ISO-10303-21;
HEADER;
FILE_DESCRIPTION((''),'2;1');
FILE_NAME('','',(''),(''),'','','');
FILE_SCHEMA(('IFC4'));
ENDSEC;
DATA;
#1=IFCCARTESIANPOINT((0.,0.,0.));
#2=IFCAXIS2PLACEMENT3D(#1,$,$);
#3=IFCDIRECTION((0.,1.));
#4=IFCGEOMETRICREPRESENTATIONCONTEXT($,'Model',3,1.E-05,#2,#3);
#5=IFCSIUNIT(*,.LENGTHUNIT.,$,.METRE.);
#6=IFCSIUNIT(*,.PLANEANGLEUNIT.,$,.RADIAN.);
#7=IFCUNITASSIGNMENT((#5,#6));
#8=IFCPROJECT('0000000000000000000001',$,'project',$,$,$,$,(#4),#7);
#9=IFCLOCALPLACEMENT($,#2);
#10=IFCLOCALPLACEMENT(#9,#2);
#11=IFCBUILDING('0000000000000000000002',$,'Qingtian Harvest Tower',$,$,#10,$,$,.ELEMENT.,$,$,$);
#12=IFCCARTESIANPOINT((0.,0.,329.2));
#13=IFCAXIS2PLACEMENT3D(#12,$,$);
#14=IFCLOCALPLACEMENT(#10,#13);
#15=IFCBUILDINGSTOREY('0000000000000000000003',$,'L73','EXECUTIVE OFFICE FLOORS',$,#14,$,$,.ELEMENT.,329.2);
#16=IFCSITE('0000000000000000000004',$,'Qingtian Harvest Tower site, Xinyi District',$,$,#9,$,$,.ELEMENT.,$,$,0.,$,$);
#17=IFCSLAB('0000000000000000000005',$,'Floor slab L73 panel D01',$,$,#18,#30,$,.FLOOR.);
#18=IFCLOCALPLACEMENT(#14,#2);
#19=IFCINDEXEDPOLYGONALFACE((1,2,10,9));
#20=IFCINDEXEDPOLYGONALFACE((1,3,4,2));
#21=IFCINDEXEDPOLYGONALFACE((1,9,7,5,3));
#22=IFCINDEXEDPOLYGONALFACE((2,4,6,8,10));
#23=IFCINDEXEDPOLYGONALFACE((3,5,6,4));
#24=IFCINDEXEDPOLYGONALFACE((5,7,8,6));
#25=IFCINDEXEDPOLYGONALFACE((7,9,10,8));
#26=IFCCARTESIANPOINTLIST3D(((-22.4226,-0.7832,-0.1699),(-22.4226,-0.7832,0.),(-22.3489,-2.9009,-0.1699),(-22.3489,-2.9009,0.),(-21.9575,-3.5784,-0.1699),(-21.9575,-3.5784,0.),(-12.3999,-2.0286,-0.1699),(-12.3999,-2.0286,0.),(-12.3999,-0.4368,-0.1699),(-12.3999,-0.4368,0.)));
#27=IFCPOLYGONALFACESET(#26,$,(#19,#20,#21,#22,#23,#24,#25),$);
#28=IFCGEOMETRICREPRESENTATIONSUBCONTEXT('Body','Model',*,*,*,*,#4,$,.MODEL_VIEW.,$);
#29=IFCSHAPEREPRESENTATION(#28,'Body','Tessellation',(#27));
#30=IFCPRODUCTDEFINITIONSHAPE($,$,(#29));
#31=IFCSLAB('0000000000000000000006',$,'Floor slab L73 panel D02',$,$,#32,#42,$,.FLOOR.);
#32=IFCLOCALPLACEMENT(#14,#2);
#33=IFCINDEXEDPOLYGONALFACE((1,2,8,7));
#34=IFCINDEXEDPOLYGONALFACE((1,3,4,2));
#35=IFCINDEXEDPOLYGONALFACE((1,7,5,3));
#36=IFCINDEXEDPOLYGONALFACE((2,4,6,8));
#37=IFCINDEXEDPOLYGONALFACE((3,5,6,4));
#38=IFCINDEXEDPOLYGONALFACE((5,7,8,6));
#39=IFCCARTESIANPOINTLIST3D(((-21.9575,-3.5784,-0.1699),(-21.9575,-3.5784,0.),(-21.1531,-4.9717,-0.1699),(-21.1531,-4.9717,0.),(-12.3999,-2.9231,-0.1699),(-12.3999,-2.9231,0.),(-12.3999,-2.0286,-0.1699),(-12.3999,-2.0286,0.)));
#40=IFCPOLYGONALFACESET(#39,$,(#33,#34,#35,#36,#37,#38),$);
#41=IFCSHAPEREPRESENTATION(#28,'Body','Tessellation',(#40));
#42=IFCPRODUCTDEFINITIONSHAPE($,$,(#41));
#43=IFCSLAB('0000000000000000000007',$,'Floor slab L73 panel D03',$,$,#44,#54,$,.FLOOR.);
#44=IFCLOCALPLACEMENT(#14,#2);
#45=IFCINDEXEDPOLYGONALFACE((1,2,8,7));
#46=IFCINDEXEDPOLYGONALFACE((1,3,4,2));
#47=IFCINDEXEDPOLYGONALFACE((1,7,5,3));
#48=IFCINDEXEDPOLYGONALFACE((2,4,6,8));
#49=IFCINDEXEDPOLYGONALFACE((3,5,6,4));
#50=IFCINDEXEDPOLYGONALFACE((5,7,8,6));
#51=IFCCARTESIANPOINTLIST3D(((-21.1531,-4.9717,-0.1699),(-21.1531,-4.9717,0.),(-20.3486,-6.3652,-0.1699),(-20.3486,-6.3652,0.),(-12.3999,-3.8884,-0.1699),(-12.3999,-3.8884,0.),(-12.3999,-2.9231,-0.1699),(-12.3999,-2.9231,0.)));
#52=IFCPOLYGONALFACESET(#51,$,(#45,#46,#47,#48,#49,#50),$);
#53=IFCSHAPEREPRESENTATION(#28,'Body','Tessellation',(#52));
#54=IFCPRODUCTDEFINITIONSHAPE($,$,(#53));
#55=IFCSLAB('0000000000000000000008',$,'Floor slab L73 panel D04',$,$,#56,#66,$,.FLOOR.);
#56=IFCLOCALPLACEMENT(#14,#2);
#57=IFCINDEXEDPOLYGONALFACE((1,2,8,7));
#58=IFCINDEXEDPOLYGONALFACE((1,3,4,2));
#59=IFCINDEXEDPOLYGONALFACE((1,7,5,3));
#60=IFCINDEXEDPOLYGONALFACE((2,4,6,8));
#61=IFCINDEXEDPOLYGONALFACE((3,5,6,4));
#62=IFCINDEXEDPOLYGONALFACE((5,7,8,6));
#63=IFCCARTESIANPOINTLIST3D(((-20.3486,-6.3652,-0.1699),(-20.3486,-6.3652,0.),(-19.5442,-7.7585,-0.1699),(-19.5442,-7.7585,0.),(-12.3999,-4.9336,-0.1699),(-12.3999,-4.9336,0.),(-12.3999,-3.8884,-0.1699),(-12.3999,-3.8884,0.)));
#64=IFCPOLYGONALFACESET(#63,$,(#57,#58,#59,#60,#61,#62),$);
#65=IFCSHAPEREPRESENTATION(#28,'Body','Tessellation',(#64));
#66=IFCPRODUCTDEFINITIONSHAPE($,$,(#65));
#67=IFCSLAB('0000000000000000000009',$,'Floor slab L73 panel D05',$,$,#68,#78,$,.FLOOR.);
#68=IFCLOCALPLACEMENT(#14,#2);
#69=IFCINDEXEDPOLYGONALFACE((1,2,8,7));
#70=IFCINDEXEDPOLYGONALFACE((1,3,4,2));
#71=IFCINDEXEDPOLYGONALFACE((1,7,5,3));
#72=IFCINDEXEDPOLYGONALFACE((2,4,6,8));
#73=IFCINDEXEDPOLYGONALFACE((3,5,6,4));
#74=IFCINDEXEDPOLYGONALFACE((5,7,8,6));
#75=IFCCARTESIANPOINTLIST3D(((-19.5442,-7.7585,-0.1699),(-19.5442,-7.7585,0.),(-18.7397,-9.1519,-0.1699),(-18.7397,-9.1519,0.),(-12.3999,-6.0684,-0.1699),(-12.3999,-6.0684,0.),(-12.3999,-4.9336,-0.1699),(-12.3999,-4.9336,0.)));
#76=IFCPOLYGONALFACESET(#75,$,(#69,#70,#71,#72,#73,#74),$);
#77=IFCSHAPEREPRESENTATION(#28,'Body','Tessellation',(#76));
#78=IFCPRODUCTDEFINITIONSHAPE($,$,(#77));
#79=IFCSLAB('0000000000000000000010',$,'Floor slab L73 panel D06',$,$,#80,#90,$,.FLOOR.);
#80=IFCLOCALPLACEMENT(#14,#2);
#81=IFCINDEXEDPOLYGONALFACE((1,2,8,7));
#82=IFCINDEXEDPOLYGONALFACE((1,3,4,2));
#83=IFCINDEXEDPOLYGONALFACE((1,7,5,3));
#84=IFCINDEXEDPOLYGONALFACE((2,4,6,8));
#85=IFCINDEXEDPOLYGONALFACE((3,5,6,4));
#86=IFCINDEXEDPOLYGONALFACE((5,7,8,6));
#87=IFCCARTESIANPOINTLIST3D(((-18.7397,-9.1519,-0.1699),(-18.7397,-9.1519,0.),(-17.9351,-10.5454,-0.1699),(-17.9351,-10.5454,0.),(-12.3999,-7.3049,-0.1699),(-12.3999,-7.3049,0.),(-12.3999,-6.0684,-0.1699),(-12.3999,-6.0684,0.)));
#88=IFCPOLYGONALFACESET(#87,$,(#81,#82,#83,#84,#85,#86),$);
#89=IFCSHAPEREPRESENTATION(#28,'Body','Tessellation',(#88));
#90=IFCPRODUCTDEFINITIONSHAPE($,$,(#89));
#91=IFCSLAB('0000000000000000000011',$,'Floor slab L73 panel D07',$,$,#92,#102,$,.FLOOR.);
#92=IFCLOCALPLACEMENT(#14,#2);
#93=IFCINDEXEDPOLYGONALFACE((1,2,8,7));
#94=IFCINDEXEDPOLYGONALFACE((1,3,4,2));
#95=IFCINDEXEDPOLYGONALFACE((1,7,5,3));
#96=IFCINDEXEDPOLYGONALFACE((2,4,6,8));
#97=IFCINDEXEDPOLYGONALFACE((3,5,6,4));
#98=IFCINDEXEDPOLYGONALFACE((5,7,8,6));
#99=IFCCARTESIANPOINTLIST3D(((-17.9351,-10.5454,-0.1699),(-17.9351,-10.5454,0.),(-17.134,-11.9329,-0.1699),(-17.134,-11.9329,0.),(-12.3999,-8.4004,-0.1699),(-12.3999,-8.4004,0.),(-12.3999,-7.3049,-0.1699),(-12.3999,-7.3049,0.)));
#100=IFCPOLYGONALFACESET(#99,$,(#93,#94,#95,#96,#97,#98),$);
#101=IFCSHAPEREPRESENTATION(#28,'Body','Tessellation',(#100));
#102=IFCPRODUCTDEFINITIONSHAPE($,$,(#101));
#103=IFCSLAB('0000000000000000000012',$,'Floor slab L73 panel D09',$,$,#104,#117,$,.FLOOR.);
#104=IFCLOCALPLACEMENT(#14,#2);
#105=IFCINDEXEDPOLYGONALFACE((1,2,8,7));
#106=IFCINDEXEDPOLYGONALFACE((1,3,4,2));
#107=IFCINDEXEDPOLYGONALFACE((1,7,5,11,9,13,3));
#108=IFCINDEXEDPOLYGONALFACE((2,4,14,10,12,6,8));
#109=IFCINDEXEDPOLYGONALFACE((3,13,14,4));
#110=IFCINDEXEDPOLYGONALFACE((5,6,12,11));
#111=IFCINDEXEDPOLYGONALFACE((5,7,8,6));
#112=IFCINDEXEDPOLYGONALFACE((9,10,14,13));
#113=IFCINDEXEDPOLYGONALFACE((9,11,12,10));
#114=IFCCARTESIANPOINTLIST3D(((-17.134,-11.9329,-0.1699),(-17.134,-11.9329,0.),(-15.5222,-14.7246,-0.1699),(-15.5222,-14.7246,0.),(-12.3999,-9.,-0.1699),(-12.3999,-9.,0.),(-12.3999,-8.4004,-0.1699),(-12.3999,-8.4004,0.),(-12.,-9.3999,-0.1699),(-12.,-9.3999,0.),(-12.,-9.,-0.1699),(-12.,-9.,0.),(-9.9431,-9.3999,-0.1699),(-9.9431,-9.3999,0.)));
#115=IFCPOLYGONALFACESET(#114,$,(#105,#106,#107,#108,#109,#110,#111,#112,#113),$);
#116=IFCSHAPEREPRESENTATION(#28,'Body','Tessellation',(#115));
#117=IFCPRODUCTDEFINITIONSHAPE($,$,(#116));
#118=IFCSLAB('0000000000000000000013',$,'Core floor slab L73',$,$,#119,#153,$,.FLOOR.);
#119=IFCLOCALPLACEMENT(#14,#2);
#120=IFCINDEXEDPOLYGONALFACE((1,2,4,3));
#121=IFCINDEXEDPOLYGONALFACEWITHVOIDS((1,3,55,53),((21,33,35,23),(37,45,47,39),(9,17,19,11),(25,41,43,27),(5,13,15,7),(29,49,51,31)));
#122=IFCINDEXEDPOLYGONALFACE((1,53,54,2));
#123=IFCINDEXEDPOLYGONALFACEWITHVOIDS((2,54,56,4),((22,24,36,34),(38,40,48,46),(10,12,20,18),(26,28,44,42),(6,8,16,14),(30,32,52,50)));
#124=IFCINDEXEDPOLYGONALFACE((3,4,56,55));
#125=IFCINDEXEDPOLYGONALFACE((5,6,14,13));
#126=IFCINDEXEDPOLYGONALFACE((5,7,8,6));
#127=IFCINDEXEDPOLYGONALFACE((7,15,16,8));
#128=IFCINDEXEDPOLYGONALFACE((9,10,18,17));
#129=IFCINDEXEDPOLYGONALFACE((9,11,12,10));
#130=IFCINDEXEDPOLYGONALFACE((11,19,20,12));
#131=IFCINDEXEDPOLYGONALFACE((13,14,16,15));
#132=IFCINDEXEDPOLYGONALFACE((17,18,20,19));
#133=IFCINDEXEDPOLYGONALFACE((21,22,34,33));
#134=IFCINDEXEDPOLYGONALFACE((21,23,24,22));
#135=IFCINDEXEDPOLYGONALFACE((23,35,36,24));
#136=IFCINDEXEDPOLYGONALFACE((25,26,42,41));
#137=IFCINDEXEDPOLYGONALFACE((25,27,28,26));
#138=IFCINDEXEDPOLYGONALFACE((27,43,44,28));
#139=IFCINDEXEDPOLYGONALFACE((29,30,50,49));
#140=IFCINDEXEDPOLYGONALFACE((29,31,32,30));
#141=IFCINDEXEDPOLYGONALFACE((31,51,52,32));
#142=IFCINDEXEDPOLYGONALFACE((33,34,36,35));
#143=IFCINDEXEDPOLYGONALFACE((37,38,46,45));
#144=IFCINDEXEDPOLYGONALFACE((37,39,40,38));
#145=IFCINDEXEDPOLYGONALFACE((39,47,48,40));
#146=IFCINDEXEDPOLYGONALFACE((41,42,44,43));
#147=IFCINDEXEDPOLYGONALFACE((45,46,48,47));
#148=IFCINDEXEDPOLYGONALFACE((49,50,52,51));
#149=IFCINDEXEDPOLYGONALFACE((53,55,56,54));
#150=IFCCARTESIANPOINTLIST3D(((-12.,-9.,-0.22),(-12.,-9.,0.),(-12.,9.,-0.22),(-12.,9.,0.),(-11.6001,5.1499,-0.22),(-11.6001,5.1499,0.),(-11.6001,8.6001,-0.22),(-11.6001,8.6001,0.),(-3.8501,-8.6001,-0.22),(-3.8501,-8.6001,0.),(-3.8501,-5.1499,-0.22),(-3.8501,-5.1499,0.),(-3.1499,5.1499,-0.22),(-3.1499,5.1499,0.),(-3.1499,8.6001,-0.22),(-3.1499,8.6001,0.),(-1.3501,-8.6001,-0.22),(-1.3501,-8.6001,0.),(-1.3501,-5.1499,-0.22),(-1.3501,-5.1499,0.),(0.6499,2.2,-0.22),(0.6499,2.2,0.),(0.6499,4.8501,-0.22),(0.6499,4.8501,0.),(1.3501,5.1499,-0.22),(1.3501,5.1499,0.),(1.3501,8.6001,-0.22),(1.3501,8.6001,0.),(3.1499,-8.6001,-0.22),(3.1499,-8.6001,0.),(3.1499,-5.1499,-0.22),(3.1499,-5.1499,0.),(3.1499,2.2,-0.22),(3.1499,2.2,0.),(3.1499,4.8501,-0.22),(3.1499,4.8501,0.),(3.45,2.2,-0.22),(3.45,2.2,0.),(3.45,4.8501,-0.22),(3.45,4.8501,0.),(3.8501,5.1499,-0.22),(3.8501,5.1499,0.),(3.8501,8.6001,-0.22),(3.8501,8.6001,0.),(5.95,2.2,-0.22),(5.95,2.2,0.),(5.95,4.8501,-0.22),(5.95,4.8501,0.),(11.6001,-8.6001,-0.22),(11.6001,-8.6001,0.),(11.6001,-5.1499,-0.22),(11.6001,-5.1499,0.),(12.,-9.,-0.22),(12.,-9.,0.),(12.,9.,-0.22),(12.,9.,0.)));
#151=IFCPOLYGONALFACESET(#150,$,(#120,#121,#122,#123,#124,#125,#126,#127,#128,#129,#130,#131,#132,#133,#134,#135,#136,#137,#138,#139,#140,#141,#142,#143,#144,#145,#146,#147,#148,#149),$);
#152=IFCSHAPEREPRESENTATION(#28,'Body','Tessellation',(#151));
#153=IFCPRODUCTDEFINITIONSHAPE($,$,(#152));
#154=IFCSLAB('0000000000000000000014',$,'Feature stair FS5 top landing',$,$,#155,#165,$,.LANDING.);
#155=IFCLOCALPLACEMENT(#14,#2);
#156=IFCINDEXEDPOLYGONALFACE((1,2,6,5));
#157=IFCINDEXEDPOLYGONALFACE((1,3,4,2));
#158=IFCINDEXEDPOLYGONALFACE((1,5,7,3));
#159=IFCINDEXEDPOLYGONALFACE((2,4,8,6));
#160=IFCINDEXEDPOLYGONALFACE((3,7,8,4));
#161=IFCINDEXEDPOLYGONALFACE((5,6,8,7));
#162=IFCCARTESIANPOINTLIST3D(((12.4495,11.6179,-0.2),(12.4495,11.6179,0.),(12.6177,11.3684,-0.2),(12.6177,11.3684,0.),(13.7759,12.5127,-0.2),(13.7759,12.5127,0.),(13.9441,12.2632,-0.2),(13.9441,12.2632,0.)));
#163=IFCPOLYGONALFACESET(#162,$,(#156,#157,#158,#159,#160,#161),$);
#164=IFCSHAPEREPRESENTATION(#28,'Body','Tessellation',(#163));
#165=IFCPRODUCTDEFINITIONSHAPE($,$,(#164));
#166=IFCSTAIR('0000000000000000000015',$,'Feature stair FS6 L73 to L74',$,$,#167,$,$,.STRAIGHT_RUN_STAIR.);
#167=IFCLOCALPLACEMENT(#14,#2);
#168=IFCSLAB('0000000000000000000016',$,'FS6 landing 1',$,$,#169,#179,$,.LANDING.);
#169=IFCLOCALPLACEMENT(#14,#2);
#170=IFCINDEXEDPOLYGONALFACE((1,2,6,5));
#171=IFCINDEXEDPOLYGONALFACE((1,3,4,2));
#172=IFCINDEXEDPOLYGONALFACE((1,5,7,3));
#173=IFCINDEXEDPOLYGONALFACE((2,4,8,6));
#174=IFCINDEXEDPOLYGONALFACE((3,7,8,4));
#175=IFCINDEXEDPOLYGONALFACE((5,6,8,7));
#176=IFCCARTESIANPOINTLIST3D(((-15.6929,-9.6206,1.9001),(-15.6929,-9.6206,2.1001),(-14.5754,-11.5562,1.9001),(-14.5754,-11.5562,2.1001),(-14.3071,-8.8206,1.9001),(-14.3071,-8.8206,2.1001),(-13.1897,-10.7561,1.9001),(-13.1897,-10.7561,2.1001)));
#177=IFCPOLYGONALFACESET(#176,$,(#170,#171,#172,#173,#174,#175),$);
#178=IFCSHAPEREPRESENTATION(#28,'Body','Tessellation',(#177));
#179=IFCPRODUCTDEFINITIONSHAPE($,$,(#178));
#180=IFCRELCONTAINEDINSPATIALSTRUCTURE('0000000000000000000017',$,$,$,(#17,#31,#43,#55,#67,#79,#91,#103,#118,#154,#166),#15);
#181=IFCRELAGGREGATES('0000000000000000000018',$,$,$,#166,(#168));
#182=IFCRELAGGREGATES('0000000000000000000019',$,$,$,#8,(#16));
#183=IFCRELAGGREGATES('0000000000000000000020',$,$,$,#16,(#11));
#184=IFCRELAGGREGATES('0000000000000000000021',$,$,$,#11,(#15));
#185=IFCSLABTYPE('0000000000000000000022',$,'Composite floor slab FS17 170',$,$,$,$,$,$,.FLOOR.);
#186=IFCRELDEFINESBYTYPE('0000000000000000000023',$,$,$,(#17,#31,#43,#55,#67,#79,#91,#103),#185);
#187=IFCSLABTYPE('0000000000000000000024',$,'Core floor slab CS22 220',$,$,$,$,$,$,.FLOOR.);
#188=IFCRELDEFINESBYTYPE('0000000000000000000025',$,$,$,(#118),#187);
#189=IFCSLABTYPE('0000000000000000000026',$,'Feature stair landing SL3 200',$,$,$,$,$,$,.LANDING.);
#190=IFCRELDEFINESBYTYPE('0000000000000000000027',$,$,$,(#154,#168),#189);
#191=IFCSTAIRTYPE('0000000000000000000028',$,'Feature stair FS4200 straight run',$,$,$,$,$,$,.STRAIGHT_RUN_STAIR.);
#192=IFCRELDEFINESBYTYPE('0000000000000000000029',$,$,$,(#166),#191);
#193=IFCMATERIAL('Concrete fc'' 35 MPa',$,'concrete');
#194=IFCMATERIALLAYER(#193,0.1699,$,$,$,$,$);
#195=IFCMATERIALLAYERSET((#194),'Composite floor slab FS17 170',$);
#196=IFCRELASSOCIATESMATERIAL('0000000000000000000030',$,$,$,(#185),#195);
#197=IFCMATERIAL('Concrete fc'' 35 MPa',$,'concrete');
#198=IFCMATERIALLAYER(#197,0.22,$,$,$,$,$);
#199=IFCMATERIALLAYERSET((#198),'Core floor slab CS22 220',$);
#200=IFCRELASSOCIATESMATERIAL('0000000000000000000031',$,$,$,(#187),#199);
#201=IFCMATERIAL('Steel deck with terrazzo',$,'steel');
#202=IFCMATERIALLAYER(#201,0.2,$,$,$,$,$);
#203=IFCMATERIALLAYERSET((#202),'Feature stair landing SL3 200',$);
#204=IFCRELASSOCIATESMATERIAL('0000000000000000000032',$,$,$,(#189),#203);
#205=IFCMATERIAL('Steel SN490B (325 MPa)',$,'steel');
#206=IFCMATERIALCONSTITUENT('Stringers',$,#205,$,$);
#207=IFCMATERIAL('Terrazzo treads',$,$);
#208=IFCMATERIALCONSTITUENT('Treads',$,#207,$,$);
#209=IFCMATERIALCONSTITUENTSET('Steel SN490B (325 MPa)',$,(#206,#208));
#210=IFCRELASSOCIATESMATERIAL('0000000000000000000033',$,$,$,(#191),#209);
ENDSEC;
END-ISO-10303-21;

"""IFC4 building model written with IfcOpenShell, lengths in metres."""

from ifc_helpers import new_model, si_unit, direction, frame, origin, place, context, subcontext, project, spatial, polyline, outline, extrude, material, layer, layer_set, constituent, constituent_set, type_object, element, aggregate, save


model = new_model("IFC4")

# Units and contexts
model_context = context("Model", 3, precision=1e-05, world=origin(), true_north=direction((0.0, 1.0)))
body_context = subcontext(model_context, "Body", "Model", "MODEL_VIEW")
ifc_project = project(units=[si_unit("LENGTHUNIT", "METRE"), si_unit("PLANEANGLEUNIT", "RADIAN")], contexts=[model_context])

# Site, building, storey
site_placement = place(None, origin())
site = spatial("IfcSite", under=ifc_project, at=site_placement, Name="Qingtian Harvest Tower site, Xinyi District", CompositionType="ELEMENT", RefElevation=0.0)
building_placement = place(site_placement, origin())
building = spatial("IfcBuilding", under=site, at=building_placement, Name="Qingtian Harvest Tower", CompositionType="ELEMENT")
storey_placement = place(building_placement, frame((0.0, 0.0, 329.2)))
storey = spatial("IfcBuildingStorey", under=building, at=storey_placement, Name="L73", Description="EXECUTIVE OFFICE FLOORS", CompositionType="ELEMENT", Elevation=329.2)

# Slabs
ifc_material_1 = material(Name="Concrete fc' 35 MPa", Category="concrete")
ifc_layer_1 = layer(ifc_material_1, 0.1699)
ifc_layer_set_1 = layer_set([ifc_layer_1], Name="Composite floor slab FS17 170")
slab_type_1 = type_object("IfcSlabType", Name="Composite floor slab FS17 170", PredefinedType="FLOOR", material=ifc_layer_set_1)
slab_1_placement = place(storey_placement, frame((0.0, 0.0, -0.1699)))
element("IfcSlab", 1, at=slab_1_placement, inside=storey, type_object=slab_type_1, Name="Floor slab L73 panel D01", PredefinedType="FLOOR", context=body_context, shape_type="SweptSolid", body=[
    extrude(outline(polyline([(-22.4226, -0.7832), (-12.3999, -0.4368), (-12.3999, -2.0286), (-21.9575, -3.5784), (-22.3489, -2.9009), (-22.4226, -0.7832)])), origin(), (0.0, 0.0, 1.0), 0.1699),
])
slab_2_placement = place(storey_placement, frame((0.0, 0.0, -0.1699)))
element("IfcSlab", 2, at=slab_2_placement, inside=storey, type_object=slab_type_1, Name="Floor slab L73 panel D02", PredefinedType="FLOOR", context=body_context, shape_type="SweptSolid", body=[
    extrude(outline(polyline([(-12.3999, -2.9231), (-21.1531, -4.9717), (-21.9575, -3.5784), (-12.3999, -2.0286), (-12.3999, -2.9231)])), origin(), (0.0, 0.0, 1.0), 0.1699),
])
slab_3_placement = place(storey_placement, frame((0.0, 0.0, -0.1699)))
element("IfcSlab", 3, at=slab_3_placement, inside=storey, type_object=slab_type_1, Name="Floor slab L73 panel D03", PredefinedType="FLOOR", context=body_context, shape_type="SweptSolid", body=[
    extrude(outline(polyline([(-12.3999, -3.8884), (-20.3486, -6.3652), (-21.1531, -4.9717), (-12.3999, -2.9231), (-12.3999, -3.8884)])), origin(), (0.0, 0.0, 1.0), 0.1699),
])
slab_4_placement = place(storey_placement, frame((0.0, 0.0, -0.1699)))
element("IfcSlab", 4, at=slab_4_placement, inside=storey, type_object=slab_type_1, Name="Floor slab L73 panel D04", PredefinedType="FLOOR", context=body_context, shape_type="SweptSolid", body=[
    extrude(outline(polyline([(-12.3999, -4.9336), (-19.5442, -7.7585), (-20.3486, -6.3652), (-12.3999, -3.8884), (-12.3999, -4.9336)])), origin(), (0.0, 0.0, 1.0), 0.1699),
])
slab_5_placement = place(storey_placement, frame((0.0, 0.0, -0.1699)))
element("IfcSlab", 5, at=slab_5_placement, inside=storey, type_object=slab_type_1, Name="Floor slab L73 panel D05", PredefinedType="FLOOR", context=body_context, shape_type="SweptSolid", body=[
    extrude(outline(polyline([(-12.3999, -6.0684), (-18.7397, -9.1519), (-19.5442, -7.7585), (-12.3999, -4.9336), (-12.3999, -6.0684)])), origin(), (0.0, 0.0, 1.0), 0.1699),
])
slab_6_placement = place(storey_placement, frame((0.0, 0.0, -0.1699)))
element("IfcSlab", 6, at=slab_6_placement, inside=storey, type_object=slab_type_1, Name="Floor slab L73 panel D06", PredefinedType="FLOOR", context=body_context, shape_type="SweptSolid", body=[
    extrude(outline(polyline([(-12.3999, -7.3049), (-17.9351, -10.5454), (-18.7397, -9.1519), (-12.3999, -6.0684), (-12.3999, -7.3049)])), origin(), (0.0, 0.0, 1.0), 0.1699),
])
slab_7_placement = place(storey_placement, frame((0.0, 0.0, -0.1699)))
element("IfcSlab", 7, at=slab_7_placement, inside=storey, type_object=slab_type_1, Name="Floor slab L73 panel D07", PredefinedType="FLOOR", context=body_context, shape_type="SweptSolid", body=[
    extrude(outline(polyline([(-12.3999, -8.4004), (-17.134, -11.9329), (-17.9351, -10.5454), (-12.3999, -7.3049), (-12.3999, -8.4004)])), origin(), (0.0, 0.0, 1.0), 0.1699),
])
slab_8_placement = place(storey_placement, frame((0.0, 0.0, -0.1699)))
element("IfcSlab", 8, at=slab_8_placement, inside=storey, type_object=slab_type_1, Name="Floor slab L73 panel D09", PredefinedType="FLOOR", context=body_context, shape_type="SweptSolid", body=[
    extrude(outline(polyline([(-15.5222, -14.7246), (-17.134, -11.9329), (-12.3999, -8.4004), (-12.3999, -9.0), (-12.0, -9.0), (-12.0, -9.3999), (-9.9431, -9.3999), (-15.5222, -14.7246)])), origin(), (0.0, 0.0, 1.0), 0.1699),
])
ifc_material_2 = material(Name="Concrete fc' 35 MPa", Category="concrete")
ifc_layer_2 = layer(ifc_material_2, 0.22)
ifc_layer_set_2 = layer_set([ifc_layer_2], Name="Core floor slab CS22 220")
slab_type_2 = type_object("IfcSlabType", Name="Core floor slab CS22 220", PredefinedType="FLOOR", material=ifc_layer_set_2)
slab_9_placement = place(storey_placement, frame((0.0, 0.0, -0.22)))
element("IfcSlab", 9, at=slab_9_placement, inside=storey, type_object=slab_type_2, Name="Core floor slab L73", PredefinedType="FLOOR", context=body_context, shape_type="SweptSolid", body=[
    extrude(outline(polyline([(-12.0, -9.0), (12.0, -9.0), (12.0, 9.0), (-12.0, 9.0), (-12.0, -9.0)]), holes=[polyline([(-11.6001, 5.1499), (-3.1499, 5.1499), (-3.1499, 8.6001), (-11.6001, 8.6001), (-11.6001, 5.1499)]), polyline([(3.1499, -8.6001), (11.6001, -8.6001), (11.6001, -5.1499), (3.1499, -5.1499), (3.1499, -8.6001)]), polyline([(1.3501, 5.1499), (3.8501, 5.1499), (3.8501, 8.6001), (1.3501, 8.6001), (1.3501, 5.1499)]), polyline([(-3.8501, -8.6001), (-1.3501, -8.6001), (-1.3501, -5.1499), (-3.8501, -5.1499), (-3.8501, -8.6001)]), polyline([(0.6499, 2.2), (3.1499, 2.2), (3.1499, 4.8501), (0.6499, 4.8501), (0.6499, 2.2)]), polyline([(3.45, 2.2), (5.95, 2.2), (5.95, 4.8501), (3.45, 4.8501), (3.45, 2.2)])]), origin(), (0.0, 0.0, 1.0), 0.22),
])
ifc_material_3 = material(Name="Steel deck with terrazzo", Category="steel")
ifc_layer_3 = layer(ifc_material_3, 0.2)
ifc_layer_set_3 = layer_set([ifc_layer_3], Name="Feature stair landing SL3 200")
slab_type_3 = type_object("IfcSlabType", Name="Feature stair landing SL3 200", PredefinedType="LANDING", material=ifc_layer_set_3)
slab_10_placement = place(storey_placement, frame((0.0, 0.0, -0.2)))
element("IfcSlab", 10, at=slab_10_placement, inside=storey, type_object=slab_type_3, Name="Feature stair FS5 top landing", PredefinedType="LANDING", context=body_context, shape_type="SweptSolid", body=[
    extrude(outline(polyline([(13.9441, 12.2632), (13.7759, 12.5127), (12.4495, 11.6179), (12.6177, 11.3684), (13.9441, 12.2632)])), origin(), (0.0, 0.0, 1.0), 0.2),
])

# Stair, slab
ifc_material_4 = material(Name="Steel SN490B (325 MPa)", Category="steel")
ifc_constituent_1 = constituent(ifc_material_4, Name="Stringers")
ifc_material_5 = material(Name="Terrazzo treads")
ifc_constituent_2 = constituent(ifc_material_5, Name="Treads")
ifc_constituent_set = constituent_set(constituents=[ifc_constituent_1, ifc_constituent_2], Name="Steel SN490B (325 MPa)")
stair_type_1 = type_object("IfcStairType", Name="Feature stair FS4200 straight run", PredefinedType="STRAIGHT_RUN_STAIR", material=ifc_constituent_set)
stair_1_placement = place(storey_placement, origin())
stair_1 = element("IfcStair", 11, at=stair_1_placement, inside=storey, type_object=stair_type_1, Name="Feature stair FS6 L73 to L74", PredefinedType="STRAIGHT_RUN_STAIR")
slab_11_placement = place(storey_placement, frame((0.0, 0.0, 1.9001)))
slab_11 = element("IfcSlab", 12, at=slab_11_placement, type_object=slab_type_3, Name="FS6 landing 1", PredefinedType="LANDING", context=body_context, shape_type="SweptSolid", body=[
    extrude(outline(polyline([(-14.3071, -8.8206), (-13.1897, -10.7561), (-14.5754, -11.5562), (-15.6929, -9.6206), (-14.3071, -8.8206)])), origin(), (0.0, 0.0, 1.0), 0.2),
])
aggregate(stair_1, [slab_11])

save(model, "model.ifc")
